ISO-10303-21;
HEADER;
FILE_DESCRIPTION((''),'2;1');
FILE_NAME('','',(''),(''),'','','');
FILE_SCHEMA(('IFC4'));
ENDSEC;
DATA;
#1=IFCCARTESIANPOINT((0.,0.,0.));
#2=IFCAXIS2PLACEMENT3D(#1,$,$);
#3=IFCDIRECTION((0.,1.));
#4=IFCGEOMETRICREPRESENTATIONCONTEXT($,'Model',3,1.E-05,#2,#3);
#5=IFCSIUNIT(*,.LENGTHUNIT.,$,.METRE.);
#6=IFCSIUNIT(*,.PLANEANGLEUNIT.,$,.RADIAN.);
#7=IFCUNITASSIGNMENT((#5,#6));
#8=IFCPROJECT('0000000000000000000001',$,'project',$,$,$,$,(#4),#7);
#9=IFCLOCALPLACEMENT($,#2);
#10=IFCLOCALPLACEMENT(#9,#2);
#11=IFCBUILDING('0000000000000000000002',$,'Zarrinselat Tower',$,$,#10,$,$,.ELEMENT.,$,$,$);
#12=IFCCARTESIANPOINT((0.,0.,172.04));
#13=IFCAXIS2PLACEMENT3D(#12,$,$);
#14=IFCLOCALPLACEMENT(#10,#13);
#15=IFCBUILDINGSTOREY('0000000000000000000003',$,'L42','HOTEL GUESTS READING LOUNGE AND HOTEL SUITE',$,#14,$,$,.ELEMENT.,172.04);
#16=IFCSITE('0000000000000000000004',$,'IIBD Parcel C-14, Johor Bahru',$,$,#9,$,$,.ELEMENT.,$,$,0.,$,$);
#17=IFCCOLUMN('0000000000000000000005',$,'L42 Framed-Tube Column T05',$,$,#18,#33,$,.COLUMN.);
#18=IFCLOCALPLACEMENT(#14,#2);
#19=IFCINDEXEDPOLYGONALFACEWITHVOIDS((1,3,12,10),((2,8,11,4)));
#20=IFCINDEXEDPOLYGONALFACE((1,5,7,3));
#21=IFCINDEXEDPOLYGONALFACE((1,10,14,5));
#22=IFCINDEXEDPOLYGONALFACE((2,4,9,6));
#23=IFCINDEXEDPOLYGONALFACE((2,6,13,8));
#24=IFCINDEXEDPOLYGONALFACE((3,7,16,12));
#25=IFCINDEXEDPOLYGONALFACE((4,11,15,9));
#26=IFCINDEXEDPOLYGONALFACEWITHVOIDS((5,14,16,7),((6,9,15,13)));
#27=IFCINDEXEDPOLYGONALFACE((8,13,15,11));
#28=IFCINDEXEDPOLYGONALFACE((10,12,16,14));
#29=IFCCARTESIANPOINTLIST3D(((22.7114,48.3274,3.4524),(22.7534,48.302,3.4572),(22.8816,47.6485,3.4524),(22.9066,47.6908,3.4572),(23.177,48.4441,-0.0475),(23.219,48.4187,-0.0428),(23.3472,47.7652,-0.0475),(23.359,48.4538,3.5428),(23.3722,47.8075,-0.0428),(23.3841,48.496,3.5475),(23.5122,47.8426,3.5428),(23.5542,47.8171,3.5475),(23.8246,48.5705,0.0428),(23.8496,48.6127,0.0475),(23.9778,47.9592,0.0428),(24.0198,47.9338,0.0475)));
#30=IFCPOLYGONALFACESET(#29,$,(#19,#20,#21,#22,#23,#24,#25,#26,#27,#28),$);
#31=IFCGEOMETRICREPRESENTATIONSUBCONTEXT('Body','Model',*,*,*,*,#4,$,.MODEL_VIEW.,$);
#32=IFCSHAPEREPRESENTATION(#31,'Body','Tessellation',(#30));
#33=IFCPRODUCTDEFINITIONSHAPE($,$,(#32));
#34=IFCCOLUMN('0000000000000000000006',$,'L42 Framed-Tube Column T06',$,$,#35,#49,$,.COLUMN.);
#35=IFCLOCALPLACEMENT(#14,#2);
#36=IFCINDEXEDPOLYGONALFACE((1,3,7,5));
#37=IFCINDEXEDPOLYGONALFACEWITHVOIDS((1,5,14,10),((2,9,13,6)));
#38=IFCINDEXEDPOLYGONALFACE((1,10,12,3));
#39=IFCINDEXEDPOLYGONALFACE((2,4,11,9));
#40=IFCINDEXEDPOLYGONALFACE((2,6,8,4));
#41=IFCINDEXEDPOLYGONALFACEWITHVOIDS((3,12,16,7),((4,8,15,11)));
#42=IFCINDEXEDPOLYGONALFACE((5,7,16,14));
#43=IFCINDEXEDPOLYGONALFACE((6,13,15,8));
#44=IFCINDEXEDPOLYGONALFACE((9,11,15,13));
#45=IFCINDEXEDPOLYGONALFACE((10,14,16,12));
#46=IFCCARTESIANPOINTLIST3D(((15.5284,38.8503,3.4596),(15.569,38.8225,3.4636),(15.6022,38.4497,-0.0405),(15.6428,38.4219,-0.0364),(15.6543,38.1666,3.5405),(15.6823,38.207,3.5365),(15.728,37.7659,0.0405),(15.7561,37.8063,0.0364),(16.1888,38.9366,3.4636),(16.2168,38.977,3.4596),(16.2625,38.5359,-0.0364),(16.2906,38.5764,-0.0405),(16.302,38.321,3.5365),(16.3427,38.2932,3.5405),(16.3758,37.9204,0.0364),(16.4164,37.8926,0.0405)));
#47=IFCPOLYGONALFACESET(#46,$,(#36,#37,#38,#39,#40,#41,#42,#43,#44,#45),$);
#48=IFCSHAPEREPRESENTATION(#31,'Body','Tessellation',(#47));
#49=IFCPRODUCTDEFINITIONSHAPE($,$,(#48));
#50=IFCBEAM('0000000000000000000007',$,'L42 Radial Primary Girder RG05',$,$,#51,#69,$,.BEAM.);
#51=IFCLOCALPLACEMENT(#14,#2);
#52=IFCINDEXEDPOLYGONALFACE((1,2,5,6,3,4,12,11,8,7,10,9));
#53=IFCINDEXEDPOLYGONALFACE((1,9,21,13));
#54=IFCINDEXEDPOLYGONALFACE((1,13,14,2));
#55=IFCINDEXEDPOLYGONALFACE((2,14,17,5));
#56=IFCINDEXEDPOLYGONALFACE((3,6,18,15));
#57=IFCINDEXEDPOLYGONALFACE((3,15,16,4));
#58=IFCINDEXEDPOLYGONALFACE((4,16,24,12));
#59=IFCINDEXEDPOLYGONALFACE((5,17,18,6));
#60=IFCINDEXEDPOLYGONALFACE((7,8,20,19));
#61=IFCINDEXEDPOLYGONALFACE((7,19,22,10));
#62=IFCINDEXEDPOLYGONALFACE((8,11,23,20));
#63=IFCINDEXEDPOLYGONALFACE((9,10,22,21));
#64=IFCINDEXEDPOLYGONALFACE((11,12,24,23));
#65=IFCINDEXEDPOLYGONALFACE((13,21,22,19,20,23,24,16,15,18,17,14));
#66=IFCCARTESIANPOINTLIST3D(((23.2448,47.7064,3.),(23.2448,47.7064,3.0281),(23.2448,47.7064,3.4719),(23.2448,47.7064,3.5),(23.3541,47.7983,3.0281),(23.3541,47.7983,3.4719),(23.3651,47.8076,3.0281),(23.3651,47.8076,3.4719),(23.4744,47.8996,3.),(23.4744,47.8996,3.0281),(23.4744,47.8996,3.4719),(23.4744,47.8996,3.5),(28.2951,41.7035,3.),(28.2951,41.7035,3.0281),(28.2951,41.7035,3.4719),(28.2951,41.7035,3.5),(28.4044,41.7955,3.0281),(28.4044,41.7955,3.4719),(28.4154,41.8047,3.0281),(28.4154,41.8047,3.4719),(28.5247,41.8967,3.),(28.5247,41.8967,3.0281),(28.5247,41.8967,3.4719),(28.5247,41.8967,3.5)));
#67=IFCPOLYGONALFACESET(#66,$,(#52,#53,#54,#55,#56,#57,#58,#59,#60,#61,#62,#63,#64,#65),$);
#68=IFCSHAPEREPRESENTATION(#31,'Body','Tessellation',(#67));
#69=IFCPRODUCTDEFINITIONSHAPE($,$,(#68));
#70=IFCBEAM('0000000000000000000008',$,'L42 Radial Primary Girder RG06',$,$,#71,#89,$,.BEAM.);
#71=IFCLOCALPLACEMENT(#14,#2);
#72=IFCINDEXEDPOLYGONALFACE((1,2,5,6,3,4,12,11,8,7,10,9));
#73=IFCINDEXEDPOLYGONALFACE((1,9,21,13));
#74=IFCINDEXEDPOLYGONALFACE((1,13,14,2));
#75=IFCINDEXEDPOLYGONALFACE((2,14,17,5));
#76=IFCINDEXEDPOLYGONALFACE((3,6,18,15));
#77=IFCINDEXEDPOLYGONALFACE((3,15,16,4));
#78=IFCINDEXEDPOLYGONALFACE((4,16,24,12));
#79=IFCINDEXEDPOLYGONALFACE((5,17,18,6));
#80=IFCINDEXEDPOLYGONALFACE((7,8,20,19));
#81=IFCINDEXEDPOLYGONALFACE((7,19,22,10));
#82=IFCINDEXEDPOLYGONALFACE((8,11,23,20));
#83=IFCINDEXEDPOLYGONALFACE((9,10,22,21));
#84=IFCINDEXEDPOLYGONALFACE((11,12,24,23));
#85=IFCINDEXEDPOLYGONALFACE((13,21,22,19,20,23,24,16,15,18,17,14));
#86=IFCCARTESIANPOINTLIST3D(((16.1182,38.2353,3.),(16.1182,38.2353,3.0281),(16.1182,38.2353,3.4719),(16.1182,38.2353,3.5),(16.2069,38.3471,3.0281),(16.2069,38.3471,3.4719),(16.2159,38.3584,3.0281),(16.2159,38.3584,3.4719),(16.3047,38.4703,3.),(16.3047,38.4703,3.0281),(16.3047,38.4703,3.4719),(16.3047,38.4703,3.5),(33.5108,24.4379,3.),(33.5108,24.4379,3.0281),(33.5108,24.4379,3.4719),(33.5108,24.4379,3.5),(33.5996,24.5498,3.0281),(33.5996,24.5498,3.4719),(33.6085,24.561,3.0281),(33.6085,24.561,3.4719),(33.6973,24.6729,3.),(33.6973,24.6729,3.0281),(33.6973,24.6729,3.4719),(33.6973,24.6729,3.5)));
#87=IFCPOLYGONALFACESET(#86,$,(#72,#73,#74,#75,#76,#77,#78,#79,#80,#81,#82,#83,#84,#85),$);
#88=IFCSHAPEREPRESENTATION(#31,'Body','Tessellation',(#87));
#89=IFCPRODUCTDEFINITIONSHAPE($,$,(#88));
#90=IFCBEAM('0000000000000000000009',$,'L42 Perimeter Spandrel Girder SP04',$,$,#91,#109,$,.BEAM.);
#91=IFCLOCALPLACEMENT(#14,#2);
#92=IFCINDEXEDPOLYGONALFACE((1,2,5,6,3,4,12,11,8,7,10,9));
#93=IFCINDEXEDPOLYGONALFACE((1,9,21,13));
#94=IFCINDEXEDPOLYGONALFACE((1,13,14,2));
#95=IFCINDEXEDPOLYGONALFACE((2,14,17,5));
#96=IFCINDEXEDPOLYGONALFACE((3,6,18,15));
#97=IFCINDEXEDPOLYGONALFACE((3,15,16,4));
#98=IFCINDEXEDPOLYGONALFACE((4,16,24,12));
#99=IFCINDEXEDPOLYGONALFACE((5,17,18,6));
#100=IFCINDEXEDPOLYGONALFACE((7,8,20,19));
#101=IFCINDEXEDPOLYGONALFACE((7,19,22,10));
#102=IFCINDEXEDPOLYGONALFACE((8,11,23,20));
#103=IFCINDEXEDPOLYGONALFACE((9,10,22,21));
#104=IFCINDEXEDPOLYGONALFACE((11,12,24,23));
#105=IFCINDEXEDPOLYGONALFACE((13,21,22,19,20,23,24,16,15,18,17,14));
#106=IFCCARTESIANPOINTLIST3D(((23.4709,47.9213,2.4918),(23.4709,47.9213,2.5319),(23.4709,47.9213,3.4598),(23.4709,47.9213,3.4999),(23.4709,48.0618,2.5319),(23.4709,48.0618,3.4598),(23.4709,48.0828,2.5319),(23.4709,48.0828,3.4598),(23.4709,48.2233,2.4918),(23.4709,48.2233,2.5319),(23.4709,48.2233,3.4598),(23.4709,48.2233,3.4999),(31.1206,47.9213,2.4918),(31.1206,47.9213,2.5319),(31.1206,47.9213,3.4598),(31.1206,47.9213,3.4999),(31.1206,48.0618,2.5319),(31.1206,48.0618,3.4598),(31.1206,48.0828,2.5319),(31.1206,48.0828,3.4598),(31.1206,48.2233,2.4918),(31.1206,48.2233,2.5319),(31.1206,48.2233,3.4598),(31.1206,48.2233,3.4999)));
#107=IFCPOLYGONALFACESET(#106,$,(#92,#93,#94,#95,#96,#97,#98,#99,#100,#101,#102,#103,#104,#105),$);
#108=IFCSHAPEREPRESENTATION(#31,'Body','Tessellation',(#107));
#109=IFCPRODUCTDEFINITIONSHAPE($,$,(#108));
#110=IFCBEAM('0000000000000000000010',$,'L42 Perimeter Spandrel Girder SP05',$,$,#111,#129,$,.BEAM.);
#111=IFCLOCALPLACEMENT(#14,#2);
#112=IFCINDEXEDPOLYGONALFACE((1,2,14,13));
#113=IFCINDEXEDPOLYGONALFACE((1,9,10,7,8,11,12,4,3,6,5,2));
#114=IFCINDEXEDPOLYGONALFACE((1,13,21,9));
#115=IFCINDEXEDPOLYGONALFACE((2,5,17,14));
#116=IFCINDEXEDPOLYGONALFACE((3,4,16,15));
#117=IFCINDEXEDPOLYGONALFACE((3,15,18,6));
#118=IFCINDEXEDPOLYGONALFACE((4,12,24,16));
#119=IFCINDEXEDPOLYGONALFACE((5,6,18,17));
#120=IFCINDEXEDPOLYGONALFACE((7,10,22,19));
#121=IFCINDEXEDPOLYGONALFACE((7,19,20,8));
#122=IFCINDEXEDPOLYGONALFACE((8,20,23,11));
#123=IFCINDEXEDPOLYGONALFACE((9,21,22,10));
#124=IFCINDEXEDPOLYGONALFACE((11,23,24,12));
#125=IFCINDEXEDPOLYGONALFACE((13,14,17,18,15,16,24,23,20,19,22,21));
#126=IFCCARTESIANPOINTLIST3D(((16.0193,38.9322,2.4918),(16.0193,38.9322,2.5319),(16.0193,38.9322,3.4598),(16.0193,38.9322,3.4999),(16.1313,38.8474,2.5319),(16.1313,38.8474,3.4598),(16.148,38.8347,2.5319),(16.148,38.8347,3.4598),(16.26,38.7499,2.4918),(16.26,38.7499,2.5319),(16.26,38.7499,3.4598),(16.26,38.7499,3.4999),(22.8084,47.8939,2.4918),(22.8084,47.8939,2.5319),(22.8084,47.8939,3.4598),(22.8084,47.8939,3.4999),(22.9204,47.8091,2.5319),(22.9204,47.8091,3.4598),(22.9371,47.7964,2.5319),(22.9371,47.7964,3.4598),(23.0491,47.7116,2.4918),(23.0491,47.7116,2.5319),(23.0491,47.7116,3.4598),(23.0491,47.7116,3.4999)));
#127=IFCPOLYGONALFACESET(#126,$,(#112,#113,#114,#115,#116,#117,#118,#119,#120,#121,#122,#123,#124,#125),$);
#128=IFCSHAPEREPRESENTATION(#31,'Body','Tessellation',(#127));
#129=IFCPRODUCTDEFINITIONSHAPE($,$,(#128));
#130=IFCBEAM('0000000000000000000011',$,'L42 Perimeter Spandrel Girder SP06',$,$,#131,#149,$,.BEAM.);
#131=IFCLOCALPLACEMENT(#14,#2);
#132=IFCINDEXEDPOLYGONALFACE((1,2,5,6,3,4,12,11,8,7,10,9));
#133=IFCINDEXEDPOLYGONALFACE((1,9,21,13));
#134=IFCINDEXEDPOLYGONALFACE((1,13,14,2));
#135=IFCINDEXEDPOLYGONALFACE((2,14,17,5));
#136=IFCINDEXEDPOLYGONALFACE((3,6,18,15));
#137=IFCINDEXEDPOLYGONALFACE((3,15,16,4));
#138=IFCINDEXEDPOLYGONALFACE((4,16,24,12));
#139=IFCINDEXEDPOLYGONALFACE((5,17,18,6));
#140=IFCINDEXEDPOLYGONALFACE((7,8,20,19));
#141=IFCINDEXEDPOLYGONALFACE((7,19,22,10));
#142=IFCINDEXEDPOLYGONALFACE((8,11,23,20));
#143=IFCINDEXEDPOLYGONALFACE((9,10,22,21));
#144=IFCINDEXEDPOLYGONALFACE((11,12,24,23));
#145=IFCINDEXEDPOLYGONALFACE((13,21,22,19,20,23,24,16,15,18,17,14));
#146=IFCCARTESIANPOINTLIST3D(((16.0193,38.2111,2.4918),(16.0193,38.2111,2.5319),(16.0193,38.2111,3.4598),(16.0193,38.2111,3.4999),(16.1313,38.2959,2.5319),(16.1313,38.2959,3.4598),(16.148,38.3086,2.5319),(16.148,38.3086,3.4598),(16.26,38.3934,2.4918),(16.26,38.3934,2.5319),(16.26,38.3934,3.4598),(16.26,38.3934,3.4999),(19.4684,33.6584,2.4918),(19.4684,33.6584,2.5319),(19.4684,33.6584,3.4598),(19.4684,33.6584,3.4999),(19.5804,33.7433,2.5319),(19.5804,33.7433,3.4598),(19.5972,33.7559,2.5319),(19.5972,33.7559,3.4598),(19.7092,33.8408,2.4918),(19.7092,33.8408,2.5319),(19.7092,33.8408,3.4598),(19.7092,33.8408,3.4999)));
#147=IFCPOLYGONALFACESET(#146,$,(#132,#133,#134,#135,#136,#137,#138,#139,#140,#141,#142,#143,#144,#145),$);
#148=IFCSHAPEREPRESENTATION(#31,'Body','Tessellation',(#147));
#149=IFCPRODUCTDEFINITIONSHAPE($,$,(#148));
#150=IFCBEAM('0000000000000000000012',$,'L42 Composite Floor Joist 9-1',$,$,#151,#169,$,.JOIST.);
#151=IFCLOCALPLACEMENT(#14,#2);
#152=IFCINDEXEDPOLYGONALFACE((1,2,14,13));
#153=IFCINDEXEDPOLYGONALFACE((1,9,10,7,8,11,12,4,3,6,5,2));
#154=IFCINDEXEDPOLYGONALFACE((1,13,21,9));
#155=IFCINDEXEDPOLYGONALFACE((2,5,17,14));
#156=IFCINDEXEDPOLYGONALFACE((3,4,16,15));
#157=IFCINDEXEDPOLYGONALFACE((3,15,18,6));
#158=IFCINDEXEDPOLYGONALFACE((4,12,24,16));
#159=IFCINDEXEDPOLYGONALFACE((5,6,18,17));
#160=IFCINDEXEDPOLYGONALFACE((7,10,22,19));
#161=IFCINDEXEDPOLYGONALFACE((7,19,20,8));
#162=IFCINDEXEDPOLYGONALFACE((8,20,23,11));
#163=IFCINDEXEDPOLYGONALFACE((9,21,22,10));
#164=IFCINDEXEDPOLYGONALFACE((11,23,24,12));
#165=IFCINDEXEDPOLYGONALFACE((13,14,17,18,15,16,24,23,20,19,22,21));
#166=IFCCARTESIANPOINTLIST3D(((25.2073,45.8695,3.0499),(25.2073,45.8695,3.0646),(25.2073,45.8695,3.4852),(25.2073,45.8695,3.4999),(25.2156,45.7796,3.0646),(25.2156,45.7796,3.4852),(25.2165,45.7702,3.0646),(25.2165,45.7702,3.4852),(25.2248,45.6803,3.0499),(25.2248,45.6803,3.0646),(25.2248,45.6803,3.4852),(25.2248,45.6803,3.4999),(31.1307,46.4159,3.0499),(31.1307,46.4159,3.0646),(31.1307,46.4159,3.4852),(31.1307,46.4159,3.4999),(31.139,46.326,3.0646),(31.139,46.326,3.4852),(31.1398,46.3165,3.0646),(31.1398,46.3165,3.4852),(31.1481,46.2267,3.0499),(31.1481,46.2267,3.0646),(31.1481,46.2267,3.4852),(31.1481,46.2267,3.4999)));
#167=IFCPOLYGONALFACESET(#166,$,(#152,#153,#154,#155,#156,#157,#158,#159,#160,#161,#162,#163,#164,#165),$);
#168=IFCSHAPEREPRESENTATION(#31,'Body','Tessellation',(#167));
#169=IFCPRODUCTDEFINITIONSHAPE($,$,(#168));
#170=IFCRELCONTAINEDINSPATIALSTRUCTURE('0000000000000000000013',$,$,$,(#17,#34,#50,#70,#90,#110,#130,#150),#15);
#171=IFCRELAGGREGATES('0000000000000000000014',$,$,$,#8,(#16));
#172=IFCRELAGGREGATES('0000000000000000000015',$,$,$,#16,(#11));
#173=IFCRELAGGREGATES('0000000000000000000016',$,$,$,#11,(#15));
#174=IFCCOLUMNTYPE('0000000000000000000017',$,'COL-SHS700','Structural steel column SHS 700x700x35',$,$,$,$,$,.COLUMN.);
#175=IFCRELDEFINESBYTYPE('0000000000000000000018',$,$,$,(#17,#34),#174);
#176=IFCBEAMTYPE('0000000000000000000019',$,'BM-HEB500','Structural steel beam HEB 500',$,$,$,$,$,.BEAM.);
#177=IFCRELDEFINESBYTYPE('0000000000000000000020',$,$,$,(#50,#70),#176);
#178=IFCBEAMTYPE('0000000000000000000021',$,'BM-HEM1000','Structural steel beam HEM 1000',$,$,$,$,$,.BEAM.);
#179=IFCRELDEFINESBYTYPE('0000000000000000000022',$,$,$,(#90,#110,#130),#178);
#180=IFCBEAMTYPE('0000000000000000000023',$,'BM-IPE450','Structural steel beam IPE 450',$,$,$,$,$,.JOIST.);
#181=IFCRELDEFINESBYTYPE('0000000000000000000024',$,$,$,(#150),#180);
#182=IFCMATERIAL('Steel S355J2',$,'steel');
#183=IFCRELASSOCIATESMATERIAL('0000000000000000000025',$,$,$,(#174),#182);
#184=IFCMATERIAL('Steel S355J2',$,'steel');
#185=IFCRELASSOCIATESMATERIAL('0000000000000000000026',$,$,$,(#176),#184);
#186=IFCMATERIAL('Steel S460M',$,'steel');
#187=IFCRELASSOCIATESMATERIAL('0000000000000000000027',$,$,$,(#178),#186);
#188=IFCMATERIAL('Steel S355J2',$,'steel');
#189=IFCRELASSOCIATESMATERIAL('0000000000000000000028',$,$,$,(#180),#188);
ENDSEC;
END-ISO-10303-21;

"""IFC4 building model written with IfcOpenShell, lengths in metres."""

from ifc_helpers import new_model, si_unit, direction, frame, origin, origin_2d, place, context, subcontext, project, spatial, hollow_rectangle, i_section, extrude, material, material_profile, profile_set, type_object, element, save


model = new_model("IFC4")

# Units and contexts
model_context = context("Model", 3, precision=1e-05, world=origin(), true_north=direction((0.0, 1.0)))
body_context = subcontext(model_context, "Body", "Model", "MODEL_VIEW")
ifc_project = project(units=[si_unit("LENGTHUNIT", "METRE"), si_unit("PLANEANGLEUNIT", "RADIAN")], contexts=[model_context])

# Site, building, storey
site_placement = place(None, origin())
site = spatial("IfcSite", under=ifc_project, at=site_placement, Name="IIBD Parcel C-14, Johor Bahru", CompositionType="ELEMENT", RefElevation=0.0)
building_placement = place(site_placement, origin())
building = spatial("IfcBuilding", under=site, at=building_placement, Name="Zarrinselat Tower", CompositionType="ELEMENT")
storey_placement = place(building_placement, frame((0.0, 0.0, 172.04)))
storey = spatial("IfcBuildingStorey", under=building, at=storey_placement, Name="L42", Description="HOTEL GUESTS READING LOUNGE AND HOTEL SUITE", CompositionType="ELEMENT", Elevation=172.04)

# Columns
ifc_material_1 = material(Name="Steel S355J2", Category="steel")
ifc_material_profile_1 = material_profile(ifc_material_1, hollow_rectangle(XDim=0.7, YDim=0.7, WallThickness=0.0349, at=origin_2d()), Name="SHS 700x700x35")
ifc_profile_set_1 = profile_set([ifc_material_profile_1], Name="Steel S355J2")
column_type = type_object("IfcColumnType", Name="COL-SHS700", Description="Structural steel column SHS 700x700x35", PredefinedType="COLUMN", material=ifc_profile_set_1)
column_1_placement = place(storey_placement, frame((23.5984, 48.189, 0.0), z_axis=(-0.131788, -0.033033, 0.990727), x_axis=(0.243134, -0.969993, 0.0)))
element("IfcColumn", 1, at=column_1_placement, inside=storey, type_object=column_type, Name="L42 Framed-Tube Column T05", PredefinedType="COLUMN", context=body_context, shape_type="SweptSolid", body=[
    extrude(hollow_rectangle(XDim=0.7, YDim=0.7, WallThickness=0.0349, at=origin_2d()), origin(), (0.0, 0.0, 1.0), 3.5327),
])
column_2_placement = place(storey_placement, frame((16.0093, 38.1711, 0.0), z_axis=(-0.020925, 0.1137, 0.993295), x_axis=(-0.983484, -0.180995, 0.0)))
element("IfcColumn", 2, at=column_2_placement, inside=storey, type_object=column_type, Name="L42 Framed-Tube Column T06", PredefinedType="COLUMN", context=body_context, shape_type="SweptSolid", body=[
    extrude(hollow_rectangle(XDim=0.7, YDim=0.7, WallThickness=0.0349, at=origin_2d()), origin(), (0.0, 0.0, 1.0), 3.5237),
])

# Beams
ifc_material_2 = material(Name="Steel S355J2", Category="steel")
ifc_material_profile_2 = material_profile(ifc_material_2, i_section(OverallWidth=0.3, OverallDepth=0.5, WebThickness=0.0144, FlangeThickness=0.0281, at=origin_2d()), Name="HEB 500")
ifc_profile_set_2 = profile_set([ifc_material_profile_2], Name="Steel S355J2")
beam_type_1 = type_object("IfcBeamType", Name="BM-HEB500", Description="Structural steel beam HEB 500", PredefinedType="BEAM", material=ifc_profile_set_2)
beam_1_placement = place(storey_placement, frame((23.3596, 47.803, 3.25), z_axis=(0.643777, -0.765213, 0.0), x_axis=(0.765213, 0.643777, 0.0)))
element("IfcBeam", 3, at=beam_1_placement, inside=storey, type_object=beam_type_1, Name="L42 Radial Primary Girder RG05", PredefinedType="BEAM", context=body_context, shape_type="SweptSolid", body=[
    extrude(i_section(OverallWidth=0.3, OverallDepth=0.5, WebThickness=0.0144, FlangeThickness=0.0281, at=origin_2d()), origin(), (0.0, 0.0, 1.0), 7.8447),
])
beam_2_placement = place(storey_placement, frame((16.2114, 38.3528, 3.25), z_axis=(0.783426, -0.621485, 0.0), x_axis=(0.621485, 0.783426, 0.0)))
element("IfcBeam", 4, at=beam_2_placement, inside=storey, type_object=beam_type_1, Name="L42 Radial Primary Girder RG06", PredefinedType="BEAM", context=body_context, shape_type="SweptSolid", body=[
    extrude(i_section(OverallWidth=0.3, OverallDepth=0.5, WebThickness=0.0144, FlangeThickness=0.0281, at=origin_2d()), origin(), (0.0, 0.0, 1.0), 22.2007),
])
ifc_material_3 = material(Name="Steel S460M", Category="steel")
ifc_material_profile_3 = material_profile(ifc_material_3, i_section(OverallWidth=0.302, OverallDepth=1.0081, WebThickness=0.021, FlangeThickness=0.04, at=origin_2d()), Name="HEM 1000")
ifc_profile_set_3 = profile_set([ifc_material_profile_3], Name="Steel S460M")
beam_type_2 = type_object("IfcBeamType", Name="BM-HEM1000", Description="Structural steel beam HEM 1000", PredefinedType="BEAM", material=ifc_profile_set_3)
beam_3_placement = place(storey_placement, frame((23.4709, 48.0723, 2.9958), z_axis=(1.0, 0.0, 0.0), x_axis=(0.0, 1.0, 0.0)))
element("IfcBeam", 5, at=beam_3_placement, inside=storey, type_object=beam_type_2, Name="L42 Perimeter Spandrel Girder SP04", PredefinedType="BEAM", context=body_context, shape_type="SweptSolid", body=[
    extrude(i_section(OverallWidth=0.302, OverallDepth=1.0081, WebThickness=0.021, FlangeThickness=0.04, at=origin_2d()), origin(), (0.0, 0.0, 1.0), 7.6497),
])
beam_4_placement = place(storey_placement, frame((16.1396, 38.8411, 2.9958), z_axis=(0.603853, 0.797096, 0.0), x_axis=(-0.797096, 0.603853, 0.0)))
element("IfcBeam", 6, at=beam_4_placement, inside=storey, type_object=beam_type_2, Name="L42 Perimeter Spandrel Girder SP05", PredefinedType="BEAM", context=body_context, shape_type="SweptSolid", body=[
    extrude(i_section(OverallWidth=0.302, OverallDepth=1.0081, WebThickness=0.021, FlangeThickness=0.04, at=origin_2d()), origin(), (0.0, 0.0, 1.0), 11.2429),
])
beam_5_placement = place(storey_placement, frame((16.1396, 38.3022, 2.9958), z_axis=(0.603877, -0.797077, 0.0), x_axis=(0.797077, 0.603877, 0.0)))
element("IfcBeam", 7, at=beam_5_placement, inside=storey, type_object=beam_type_2, Name="L42 Perimeter Spandrel Girder SP06", PredefinedType="BEAM", context=body_context, shape_type="SweptSolid", body=[
    extrude(i_section(OverallWidth=0.302, OverallDepth=1.0081, WebThickness=0.021, FlangeThickness=0.04, at=origin_2d()), origin(), (0.0, 0.0, 1.0), 5.7117),
])
ifc_material_4 = material(Name="Steel S355J2", Category="steel")
ifc_material_profile_4 = material_profile(ifc_material_4, i_section(OverallWidth=0.1899, OverallDepth=0.45, WebThickness=0.0095, FlangeThickness=0.0146, at=origin_2d()), Name="IPE 450")
ifc_profile_set_4 = profile_set([ifc_material_profile_4], Name="Steel S355J2")
beam_type_3 = type_object("IfcBeamType", Name="BM-IPE450", Description="Structural steel beam IPE 450", PredefinedType="JOIST", material=ifc_profile_set_4)
beam_6_placement = place(storey_placement, frame((25.2161, 45.7749, 3.2749), z_axis=(0.995773, 0.091853, 0.0), x_axis=(-0.091853, 0.995773, 0.0)))
element("IfcBeam", 8, at=beam_6_placement, inside=storey, type_object=beam_type_3, Name="L42 Composite Floor Joist 9-1", PredefinedType="JOIST", context=body_context, shape_type="SweptSolid", body=[
    extrude(i_section(OverallWidth=0.1899, OverallDepth=0.45, WebThickness=0.0095, FlangeThickness=0.0146, at=origin_2d()), origin(), (0.0, 0.0, 1.0), 5.9485),
])

save(model, "model.ifc")
